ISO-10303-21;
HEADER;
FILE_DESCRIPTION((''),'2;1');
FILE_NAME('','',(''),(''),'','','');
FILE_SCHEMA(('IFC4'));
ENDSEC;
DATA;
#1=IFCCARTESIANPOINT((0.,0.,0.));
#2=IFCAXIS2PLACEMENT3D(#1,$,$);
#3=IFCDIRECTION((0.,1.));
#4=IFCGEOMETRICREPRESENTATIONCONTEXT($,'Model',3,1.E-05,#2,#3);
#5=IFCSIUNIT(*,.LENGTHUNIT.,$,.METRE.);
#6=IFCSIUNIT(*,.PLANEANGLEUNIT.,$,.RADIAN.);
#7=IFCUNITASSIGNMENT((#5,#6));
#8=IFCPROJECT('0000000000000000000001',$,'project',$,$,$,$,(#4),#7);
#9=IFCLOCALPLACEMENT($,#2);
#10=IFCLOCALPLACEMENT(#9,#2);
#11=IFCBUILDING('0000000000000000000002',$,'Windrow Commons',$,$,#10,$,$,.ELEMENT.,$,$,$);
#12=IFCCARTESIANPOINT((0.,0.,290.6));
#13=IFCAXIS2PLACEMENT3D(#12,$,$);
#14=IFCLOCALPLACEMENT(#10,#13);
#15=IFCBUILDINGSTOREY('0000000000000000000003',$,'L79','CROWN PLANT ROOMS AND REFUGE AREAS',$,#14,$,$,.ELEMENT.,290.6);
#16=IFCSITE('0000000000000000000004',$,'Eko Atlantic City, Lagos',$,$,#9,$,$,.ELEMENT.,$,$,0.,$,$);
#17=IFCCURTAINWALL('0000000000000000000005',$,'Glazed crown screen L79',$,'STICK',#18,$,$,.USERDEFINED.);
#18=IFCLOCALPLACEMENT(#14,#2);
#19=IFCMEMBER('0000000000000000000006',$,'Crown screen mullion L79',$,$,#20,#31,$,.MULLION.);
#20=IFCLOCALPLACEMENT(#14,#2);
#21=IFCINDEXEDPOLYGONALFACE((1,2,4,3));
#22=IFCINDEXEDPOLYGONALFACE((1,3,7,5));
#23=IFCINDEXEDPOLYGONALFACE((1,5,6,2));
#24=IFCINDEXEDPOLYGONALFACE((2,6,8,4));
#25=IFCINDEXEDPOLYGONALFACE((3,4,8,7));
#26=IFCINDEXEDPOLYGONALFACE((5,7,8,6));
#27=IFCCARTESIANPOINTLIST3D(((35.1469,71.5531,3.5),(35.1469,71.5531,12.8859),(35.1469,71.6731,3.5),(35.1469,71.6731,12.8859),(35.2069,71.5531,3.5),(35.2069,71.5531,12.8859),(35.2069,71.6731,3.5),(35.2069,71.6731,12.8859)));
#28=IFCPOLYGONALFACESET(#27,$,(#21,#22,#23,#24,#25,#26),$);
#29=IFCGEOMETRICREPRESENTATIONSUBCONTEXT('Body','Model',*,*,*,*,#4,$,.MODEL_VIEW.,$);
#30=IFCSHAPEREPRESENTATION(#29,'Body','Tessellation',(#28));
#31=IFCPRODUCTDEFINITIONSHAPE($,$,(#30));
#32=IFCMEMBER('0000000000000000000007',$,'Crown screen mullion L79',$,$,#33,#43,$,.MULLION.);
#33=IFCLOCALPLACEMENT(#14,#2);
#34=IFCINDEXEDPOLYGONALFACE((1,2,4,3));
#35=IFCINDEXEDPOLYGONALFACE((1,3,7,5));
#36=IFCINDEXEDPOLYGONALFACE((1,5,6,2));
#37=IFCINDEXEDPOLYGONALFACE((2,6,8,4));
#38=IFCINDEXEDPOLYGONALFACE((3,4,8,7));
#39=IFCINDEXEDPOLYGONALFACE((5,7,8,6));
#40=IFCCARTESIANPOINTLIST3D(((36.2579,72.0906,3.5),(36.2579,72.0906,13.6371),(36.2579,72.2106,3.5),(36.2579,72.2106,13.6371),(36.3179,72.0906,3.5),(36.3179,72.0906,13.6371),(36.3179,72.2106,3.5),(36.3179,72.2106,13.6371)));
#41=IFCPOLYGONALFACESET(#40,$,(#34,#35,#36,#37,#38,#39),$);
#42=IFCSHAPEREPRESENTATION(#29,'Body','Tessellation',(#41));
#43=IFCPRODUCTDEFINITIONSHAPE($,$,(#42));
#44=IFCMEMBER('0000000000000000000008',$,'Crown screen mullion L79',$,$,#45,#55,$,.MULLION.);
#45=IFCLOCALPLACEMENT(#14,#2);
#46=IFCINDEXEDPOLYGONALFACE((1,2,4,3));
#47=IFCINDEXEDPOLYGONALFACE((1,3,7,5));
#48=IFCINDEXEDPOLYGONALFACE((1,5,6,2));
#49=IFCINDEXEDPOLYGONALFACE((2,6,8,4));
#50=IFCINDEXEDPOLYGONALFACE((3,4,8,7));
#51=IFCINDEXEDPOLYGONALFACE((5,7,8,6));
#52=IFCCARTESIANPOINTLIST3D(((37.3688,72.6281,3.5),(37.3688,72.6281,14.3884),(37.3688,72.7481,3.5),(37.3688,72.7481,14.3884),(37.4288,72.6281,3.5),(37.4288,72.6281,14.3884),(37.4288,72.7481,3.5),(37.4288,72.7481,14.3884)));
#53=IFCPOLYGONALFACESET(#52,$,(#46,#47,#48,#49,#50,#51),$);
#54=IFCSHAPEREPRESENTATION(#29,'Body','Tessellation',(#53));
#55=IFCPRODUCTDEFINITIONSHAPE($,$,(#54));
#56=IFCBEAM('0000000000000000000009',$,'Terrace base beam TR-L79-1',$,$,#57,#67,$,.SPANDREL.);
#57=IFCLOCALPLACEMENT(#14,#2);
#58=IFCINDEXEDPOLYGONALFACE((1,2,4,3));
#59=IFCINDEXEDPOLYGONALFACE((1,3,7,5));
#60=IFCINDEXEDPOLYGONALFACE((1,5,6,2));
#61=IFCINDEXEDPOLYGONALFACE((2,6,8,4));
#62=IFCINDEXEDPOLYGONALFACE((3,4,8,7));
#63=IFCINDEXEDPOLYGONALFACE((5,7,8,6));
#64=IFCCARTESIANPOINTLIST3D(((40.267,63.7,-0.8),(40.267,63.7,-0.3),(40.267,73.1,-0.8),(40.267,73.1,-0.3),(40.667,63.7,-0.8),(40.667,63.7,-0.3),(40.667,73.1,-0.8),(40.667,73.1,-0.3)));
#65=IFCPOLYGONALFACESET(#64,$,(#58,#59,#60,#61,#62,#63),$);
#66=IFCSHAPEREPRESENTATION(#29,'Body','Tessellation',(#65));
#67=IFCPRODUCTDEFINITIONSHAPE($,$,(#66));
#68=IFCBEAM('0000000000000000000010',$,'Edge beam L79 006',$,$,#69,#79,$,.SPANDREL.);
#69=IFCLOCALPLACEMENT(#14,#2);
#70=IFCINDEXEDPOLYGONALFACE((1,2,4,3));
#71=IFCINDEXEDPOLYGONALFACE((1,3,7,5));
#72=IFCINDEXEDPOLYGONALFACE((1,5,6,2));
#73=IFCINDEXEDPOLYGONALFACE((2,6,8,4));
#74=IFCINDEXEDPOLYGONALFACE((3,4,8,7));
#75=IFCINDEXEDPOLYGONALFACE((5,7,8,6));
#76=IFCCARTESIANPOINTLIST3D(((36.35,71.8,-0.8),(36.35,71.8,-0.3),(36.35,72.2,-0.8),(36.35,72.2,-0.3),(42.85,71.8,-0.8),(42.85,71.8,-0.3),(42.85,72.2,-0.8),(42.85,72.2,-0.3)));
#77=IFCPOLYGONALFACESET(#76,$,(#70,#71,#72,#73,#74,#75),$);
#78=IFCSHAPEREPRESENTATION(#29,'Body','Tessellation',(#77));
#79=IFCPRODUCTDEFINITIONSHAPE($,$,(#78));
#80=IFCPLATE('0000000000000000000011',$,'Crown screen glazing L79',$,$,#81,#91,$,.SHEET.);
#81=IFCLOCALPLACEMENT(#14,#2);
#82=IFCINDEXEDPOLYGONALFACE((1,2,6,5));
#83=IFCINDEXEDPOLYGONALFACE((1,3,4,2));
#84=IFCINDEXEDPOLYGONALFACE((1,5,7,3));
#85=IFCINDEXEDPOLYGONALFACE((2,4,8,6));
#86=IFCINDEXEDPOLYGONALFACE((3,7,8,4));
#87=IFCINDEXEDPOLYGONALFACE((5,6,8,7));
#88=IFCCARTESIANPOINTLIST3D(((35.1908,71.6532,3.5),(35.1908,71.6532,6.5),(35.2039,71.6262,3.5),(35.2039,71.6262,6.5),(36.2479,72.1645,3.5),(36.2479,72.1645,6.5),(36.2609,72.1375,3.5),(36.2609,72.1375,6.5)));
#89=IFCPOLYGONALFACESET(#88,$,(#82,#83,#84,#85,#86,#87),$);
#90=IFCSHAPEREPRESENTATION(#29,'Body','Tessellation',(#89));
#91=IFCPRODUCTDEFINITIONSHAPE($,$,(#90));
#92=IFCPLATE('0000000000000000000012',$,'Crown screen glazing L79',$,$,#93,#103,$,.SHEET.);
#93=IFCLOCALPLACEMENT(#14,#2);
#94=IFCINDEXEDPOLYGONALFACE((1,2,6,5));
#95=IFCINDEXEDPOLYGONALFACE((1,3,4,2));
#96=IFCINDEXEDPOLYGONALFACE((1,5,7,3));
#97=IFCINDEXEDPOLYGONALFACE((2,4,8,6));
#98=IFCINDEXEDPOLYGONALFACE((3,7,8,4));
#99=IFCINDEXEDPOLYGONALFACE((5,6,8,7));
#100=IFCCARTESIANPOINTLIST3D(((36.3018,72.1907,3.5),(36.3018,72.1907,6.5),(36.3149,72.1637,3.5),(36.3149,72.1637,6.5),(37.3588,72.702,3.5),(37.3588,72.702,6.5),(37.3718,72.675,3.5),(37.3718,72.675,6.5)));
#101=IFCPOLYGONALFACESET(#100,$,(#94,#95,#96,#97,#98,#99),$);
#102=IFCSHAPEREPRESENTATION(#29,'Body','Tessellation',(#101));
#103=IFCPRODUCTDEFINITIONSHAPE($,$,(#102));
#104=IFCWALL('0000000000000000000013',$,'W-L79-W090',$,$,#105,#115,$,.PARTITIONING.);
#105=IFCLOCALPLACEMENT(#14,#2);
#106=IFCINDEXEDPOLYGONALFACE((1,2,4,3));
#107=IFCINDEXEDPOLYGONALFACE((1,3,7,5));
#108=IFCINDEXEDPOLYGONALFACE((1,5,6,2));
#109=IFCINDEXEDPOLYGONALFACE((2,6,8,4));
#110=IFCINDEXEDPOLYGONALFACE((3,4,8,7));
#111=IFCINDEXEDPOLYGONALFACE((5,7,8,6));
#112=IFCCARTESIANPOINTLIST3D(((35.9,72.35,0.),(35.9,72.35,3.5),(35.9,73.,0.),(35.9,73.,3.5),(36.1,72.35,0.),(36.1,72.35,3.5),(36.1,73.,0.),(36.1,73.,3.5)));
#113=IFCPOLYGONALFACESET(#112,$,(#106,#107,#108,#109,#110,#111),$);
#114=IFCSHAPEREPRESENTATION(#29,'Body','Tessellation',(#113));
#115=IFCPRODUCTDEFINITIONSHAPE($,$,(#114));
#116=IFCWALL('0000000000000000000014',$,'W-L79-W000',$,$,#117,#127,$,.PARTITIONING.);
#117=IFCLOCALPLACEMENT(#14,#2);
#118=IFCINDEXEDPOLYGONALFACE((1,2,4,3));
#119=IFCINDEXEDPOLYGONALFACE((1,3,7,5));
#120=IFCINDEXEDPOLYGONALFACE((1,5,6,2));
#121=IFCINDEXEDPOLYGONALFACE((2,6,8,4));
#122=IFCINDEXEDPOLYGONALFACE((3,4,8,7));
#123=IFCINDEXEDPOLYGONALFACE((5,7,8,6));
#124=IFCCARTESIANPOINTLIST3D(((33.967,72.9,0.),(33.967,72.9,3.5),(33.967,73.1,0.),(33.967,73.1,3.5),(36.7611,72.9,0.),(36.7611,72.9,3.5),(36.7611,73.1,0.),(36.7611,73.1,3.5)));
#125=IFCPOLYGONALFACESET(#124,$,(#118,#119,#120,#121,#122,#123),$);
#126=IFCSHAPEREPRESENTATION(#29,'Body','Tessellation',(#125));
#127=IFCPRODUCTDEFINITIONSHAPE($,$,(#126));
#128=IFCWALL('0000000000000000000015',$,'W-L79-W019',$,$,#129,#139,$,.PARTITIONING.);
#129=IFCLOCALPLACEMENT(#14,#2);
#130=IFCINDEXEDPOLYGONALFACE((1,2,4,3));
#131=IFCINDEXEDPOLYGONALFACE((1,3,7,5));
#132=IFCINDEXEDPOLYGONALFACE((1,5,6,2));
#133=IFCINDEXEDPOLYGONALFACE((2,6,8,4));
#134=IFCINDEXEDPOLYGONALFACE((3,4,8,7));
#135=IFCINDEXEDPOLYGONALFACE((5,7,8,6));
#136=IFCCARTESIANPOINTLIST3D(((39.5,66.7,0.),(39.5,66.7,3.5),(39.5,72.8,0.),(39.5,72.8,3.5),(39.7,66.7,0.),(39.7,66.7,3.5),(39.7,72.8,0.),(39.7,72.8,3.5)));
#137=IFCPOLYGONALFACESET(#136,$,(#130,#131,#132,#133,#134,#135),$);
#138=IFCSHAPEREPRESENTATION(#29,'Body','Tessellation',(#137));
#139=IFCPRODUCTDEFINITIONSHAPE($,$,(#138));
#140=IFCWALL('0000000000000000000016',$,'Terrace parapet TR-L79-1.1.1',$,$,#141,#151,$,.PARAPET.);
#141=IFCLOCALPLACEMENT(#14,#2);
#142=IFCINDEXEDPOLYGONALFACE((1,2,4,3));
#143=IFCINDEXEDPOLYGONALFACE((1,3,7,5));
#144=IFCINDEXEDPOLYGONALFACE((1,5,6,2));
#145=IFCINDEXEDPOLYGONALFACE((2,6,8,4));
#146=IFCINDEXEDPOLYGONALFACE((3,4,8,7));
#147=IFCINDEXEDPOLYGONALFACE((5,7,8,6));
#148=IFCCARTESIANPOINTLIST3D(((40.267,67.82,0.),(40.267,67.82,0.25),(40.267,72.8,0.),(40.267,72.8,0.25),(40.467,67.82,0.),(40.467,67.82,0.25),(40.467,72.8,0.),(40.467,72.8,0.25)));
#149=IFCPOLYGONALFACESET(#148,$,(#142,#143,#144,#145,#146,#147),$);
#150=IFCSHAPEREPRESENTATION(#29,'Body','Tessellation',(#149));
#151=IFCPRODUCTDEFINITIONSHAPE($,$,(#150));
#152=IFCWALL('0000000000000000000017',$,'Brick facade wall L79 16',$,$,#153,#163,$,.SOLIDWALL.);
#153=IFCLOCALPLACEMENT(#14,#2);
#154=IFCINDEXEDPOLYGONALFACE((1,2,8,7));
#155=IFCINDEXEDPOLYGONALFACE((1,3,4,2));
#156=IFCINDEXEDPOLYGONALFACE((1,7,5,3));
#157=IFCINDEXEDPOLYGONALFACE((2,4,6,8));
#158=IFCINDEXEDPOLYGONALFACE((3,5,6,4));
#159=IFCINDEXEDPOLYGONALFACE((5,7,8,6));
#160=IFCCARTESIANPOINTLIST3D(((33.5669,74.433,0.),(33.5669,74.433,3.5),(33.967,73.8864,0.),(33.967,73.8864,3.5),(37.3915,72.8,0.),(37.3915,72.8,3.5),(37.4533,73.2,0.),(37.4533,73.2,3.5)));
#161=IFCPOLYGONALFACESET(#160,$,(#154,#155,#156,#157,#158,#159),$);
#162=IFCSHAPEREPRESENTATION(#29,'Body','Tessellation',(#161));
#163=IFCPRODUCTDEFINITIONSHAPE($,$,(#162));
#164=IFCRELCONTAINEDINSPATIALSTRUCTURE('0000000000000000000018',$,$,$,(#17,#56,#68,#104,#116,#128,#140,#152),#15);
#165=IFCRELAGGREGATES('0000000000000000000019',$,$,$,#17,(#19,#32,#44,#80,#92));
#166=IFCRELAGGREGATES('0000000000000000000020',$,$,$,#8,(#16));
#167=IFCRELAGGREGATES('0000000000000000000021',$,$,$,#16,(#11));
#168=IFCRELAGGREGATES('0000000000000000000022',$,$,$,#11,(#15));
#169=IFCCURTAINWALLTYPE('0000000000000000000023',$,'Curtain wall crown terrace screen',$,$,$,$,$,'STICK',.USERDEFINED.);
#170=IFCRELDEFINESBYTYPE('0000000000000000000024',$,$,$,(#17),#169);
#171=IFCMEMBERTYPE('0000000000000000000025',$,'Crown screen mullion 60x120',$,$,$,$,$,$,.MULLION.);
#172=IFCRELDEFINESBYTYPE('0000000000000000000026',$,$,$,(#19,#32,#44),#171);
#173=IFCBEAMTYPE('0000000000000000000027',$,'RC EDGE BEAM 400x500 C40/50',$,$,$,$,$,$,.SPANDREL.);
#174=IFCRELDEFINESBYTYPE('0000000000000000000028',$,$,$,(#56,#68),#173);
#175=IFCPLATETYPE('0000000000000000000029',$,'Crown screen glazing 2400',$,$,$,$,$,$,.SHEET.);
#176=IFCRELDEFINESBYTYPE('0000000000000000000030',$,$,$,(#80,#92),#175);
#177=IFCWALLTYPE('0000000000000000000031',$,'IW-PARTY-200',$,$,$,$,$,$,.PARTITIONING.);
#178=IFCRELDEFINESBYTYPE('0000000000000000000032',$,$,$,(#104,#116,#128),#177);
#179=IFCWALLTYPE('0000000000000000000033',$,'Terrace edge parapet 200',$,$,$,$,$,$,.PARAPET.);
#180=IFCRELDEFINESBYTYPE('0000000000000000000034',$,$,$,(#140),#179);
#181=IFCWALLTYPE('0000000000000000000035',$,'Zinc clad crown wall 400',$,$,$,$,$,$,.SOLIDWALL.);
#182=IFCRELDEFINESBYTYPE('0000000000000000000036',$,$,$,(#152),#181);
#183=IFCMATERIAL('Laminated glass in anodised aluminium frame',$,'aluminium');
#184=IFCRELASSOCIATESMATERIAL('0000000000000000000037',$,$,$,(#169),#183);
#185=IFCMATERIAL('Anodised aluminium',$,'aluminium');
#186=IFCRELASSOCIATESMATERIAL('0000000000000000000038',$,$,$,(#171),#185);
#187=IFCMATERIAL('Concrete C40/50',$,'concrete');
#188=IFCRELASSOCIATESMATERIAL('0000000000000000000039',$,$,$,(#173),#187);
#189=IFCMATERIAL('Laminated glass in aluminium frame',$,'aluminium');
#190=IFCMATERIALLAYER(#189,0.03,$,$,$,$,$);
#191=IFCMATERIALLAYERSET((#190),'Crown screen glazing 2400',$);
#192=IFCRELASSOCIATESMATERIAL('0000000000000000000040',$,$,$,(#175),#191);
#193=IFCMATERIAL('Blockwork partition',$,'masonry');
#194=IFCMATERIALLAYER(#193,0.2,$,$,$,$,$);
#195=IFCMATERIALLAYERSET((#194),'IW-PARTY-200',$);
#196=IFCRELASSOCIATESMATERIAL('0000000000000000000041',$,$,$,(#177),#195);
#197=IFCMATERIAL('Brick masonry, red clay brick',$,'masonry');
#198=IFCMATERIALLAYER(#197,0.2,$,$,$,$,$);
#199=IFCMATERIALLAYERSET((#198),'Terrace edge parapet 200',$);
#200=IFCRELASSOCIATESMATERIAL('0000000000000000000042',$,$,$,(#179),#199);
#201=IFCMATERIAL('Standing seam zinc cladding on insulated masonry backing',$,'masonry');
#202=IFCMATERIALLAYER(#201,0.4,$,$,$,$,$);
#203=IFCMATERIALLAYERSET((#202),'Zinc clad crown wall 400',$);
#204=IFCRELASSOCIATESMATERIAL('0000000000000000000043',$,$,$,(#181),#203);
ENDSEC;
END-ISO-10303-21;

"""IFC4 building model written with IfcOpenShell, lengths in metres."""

from ifc_helpers import new_model, si_unit, direction, frame, frame_2d, origin, origin_2d, place, context, subcontext, project, spatial, polyline, rectangle, outline, extrude, material, layer, layer_set, material_profile, profile_set, type_object, element, aggregate, save


model = new_model("IFC4")

# Units and contexts
model_context = context("Model", 3, precision=1e-05, world=origin(), true_north=direction((0.0, 1.0)))
body_context = subcontext(model_context, "Body", "Model", "MODEL_VIEW")
ifc_project = project(units=[si_unit("LENGTHUNIT", "METRE"), si_unit("PLANEANGLEUNIT", "RADIAN")], contexts=[model_context])

# Site, building, storey
site_placement = place(None, origin())
site = spatial("IfcSite", under=ifc_project, at=site_placement, Name="Eko Atlantic City, Lagos", CompositionType="ELEMENT", RefElevation=0.0)
building_placement = place(site_placement, origin())
building = spatial("IfcBuilding", under=site, at=building_placement, Name="Windrow Commons", CompositionType="ELEMENT")
storey_placement = place(building_placement, frame((0.0, 0.0, 290.6)))
storey = spatial("IfcBuildingStorey", under=building, at=storey_placement, Name="L79", Description="CROWN PLANT ROOMS AND REFUGE AREAS", CompositionType="ELEMENT", Elevation=290.6)

# Curtain wall, members
ifc_material_1 = material(Name="Laminated glass in anodised aluminium frame", Category="aluminium")
curtain_wall_type = type_object("IfcCurtainWallType", Name="Curtain wall crown terrace screen", ElementType="STICK", PredefinedType="USERDEFINED", material=ifc_material_1)
curtain_wall_placement = place(storey_placement, origin())
curtain_wall = element("IfcCurtainWall", 1, at=curtain_wall_placement, inside=storey, type_object=curtain_wall_type, Name="Glazed crown screen L79", ObjectType="STICK", PredefinedType="USERDEFINED")
ifc_material_2 = material(Name="Anodised aluminium", Category="aluminium")
ifc_material_profile_1 = material_profile(ifc_material_2, rectangle(XDim=0.06, YDim=0.12, at=origin_2d()))
ifc_profile_set_1 = profile_set([ifc_material_profile_1], Name="Anodised aluminium")
member_type = type_object("IfcMemberType", Name="Crown screen mullion 60x120", PredefinedType="MULLION", material=ifc_profile_set_1)
member_1_placement = place(storey_placement, frame((35.1769, 71.6131, 3.5), z_axis=(0.0, 0.0, 1.0), x_axis=(1.0, 0.0, 0.0)))
member_1 = element("IfcMember", 2, at=member_1_placement, type_object=member_type, Name="Crown screen mullion L79", PredefinedType="MULLION", context=body_context, shape_type="SweptSolid", body=[
    extrude(rectangle(XDim=0.06, YDim=0.12, at=origin_2d()), origin(), (0.0, 0.0, 1.0), 9.3859),
])
member_2_placement = place(storey_placement, frame((36.2879, 72.1506, 3.5), z_axis=(0.0, 0.0, 1.0), x_axis=(1.0, 0.0, 0.0)))
member_2 = element("IfcMember", 3, at=member_2_placement, type_object=member_type, Name="Crown screen mullion L79", PredefinedType="MULLION", context=body_context, shape_type="SweptSolid", body=[
    extrude(rectangle(XDim=0.06, YDim=0.12, at=origin_2d()), origin(), (0.0, 0.0, 1.0), 10.1371),
])
member_3_placement = place(storey_placement, frame((37.3988, 72.6881, 3.5), z_axis=(0.0, 0.0, 1.0), x_axis=(1.0, 0.0, 0.0)))
member_3 = element("IfcMember", 4, at=member_3_placement, type_object=member_type, Name="Crown screen mullion L79", PredefinedType="MULLION", context=body_context, shape_type="SweptSolid", body=[
    extrude(rectangle(XDim=0.06, YDim=0.12, at=origin_2d()), origin(), (0.0, 0.0, 1.0), 10.8884),
])

# Beams
ifc_material_3 = material(Name="Concrete C40/50", Category="concrete")
ifc_material_profile_2 = material_profile(ifc_material_3, rectangle(XDim=0.4, YDim=0.5, at=origin_2d()))
ifc_profile_set_2 = profile_set([ifc_material_profile_2], Name="Concrete C40/50")
beam_type = type_object("IfcBeamType", Name="RC EDGE BEAM 400x500 C40/50", PredefinedType="SPANDREL", material=ifc_profile_set_2)
beam_1_placement = place(storey_placement, frame((40.467, 73.1, -0.55), z_axis=(0.0, -1.0, 0.0), x_axis=(1.0, 0.0, 0.0)))
element("IfcBeam", 5, at=beam_1_placement, inside=storey, type_object=beam_type, Name="Terrace base beam TR-L79-1", PredefinedType="SPANDREL", context=body_context, shape_type="SweptSolid", body=[
    extrude(rectangle(XDim=0.4, YDim=0.5, at=origin_2d()), origin(), (0.0, 0.0, 1.0), 9.4),
])
beam_2_placement = place(storey_placement, frame((36.35, 72.0, -0.55), z_axis=(1.0, 0.0, 0.0), x_axis=(0.0, 1.0, 0.0)))
element("IfcBeam", 6, at=beam_2_placement, inside=storey, type_object=beam_type, Name="Edge beam L79 006", PredefinedType="SPANDREL", context=body_context, shape_type="SweptSolid", body=[
    extrude(rectangle(XDim=0.4, YDim=0.5, at=origin_2d()), origin(), (0.0, 0.0, 1.0), 6.5),
])

# Plates
ifc_material_4 = material(Name="Laminated glass in aluminium frame", Category="aluminium")
ifc_layer_1 = layer(ifc_material_4, 0.03)
ifc_layer_set_1 = layer_set([ifc_layer_1], Name="Crown screen glazing 2400")
plate_type = type_object("IfcPlateType", Name="Crown screen glazing 2400", PredefinedType="SHEET", material=ifc_layer_set_1)
plate_1_placement = place(storey_placement, frame((35.2039, 71.6262, 3.5), z_axis=(0.435456, -0.90021, 0.0), x_axis=(0.90021, 0.435456, 0.0)))
plate_1 = element("IfcPlate", 7, at=plate_1_placement, type_object=plate_type, Name="Crown screen glazing L79", PredefinedType="SHEET", context=body_context, shape_type="SweptSolid", body=[
    extrude(outline(polyline([(0.0, 0.0), (1.1742, 0.0), (1.1742, 3.0), (0.0, 3.0), (0.0, 0.0)])), origin(), (0.0, 0.0, -1.0), 0.03),
])
plate_2_placement = place(storey_placement, frame((36.3149, 72.1637, 3.5), z_axis=(0.43549, -0.900194, 0.0), x_axis=(0.900194, 0.43549, 0.0)))
plate_2 = element("IfcPlate", 8, at=plate_2_placement, type_object=plate_type, Name="Crown screen glazing L79", PredefinedType="SHEET", context=body_context, shape_type="SweptSolid", body=[
    extrude(outline(polyline([(0.0, 0.0), (1.1741, 0.0), (1.1741, 3.0), (0.0, 3.0), (0.0, 0.0)])), origin(), (0.0, 0.0, -1.0), 0.03),
])
aggregate(curtain_wall, [member_1, member_2, member_3, plate_1, plate_2])

# Walls
ifc_material_5 = material(Name="Blockwork partition", Category="masonry")
ifc_layer_2 = layer(ifc_material_5, 0.2)
ifc_layer_set_2 = layer_set([ifc_layer_2], Name="IW-PARTY-200")
wall_type_1 = type_object("IfcWallType", Name="IW-PARTY-200", PredefinedType="PARTITIONING", material=ifc_layer_set_2)
wall_1_placement = place(storey_placement, frame((36.0, 72.35, 0.0), z_axis=(0.0, 0.0, 1.0), x_axis=(0.0, 1.0, 0.0)))
element("IfcWall", 9, at=wall_1_placement, inside=storey, type_object=wall_type_1, Name="W-L79-W090", PredefinedType="PARTITIONING", context=body_context, shape_type="SweptSolid", body=[
    extrude(rectangle(XDim=0.65, YDim=0.2, at=frame_2d((0.325, 0.0))), origin(), (0.0, 0.0, 1.0), 3.5),
])
wall_2_placement = place(storey_placement, frame((33.967, 73.0, 0.0), z_axis=(0.0, 0.0, 1.0), x_axis=(1.0, 0.0, 0.0)))
element("IfcWall", 10, at=wall_2_placement, inside=storey, type_object=wall_type_1, Name="W-L79-W000", PredefinedType="PARTITIONING", context=body_context, shape_type="SweptSolid", body=[
    extrude(outline(polyline([(0.0, -0.1), (2.7941, -0.1), (2.7941, 0.1), (0.0, 0.1), (0.0, -0.1)])), origin(), (0.0, 0.0, 1.0), 3.5),
])
wall_3_placement = place(storey_placement, frame((39.6, 66.7, 0.0), z_axis=(0.0, 0.0, 1.0), x_axis=(0.0, 1.0, 0.0)))
element("IfcWall", 11, at=wall_3_placement, inside=storey, type_object=wall_type_1, Name="W-L79-W019", PredefinedType="PARTITIONING", context=body_context, shape_type="SweptSolid", body=[
    extrude(outline(polyline([(0.0, -0.1), (6.1, -0.1), (6.1, 0.1), (0.0, 0.1), (0.0, -0.1)])), origin(), (0.0, 0.0, 1.0), 3.5),
])
ifc_material_6 = material(Name="Brick masonry, red clay brick", Category="masonry")
ifc_layer_3 = layer(ifc_material_6, 0.2)
ifc_layer_set_3 = layer_set([ifc_layer_3], Name="Terrace edge parapet 200")
wall_type_2 = type_object("IfcWallType", Name="Terrace edge parapet 200", PredefinedType="PARAPET", material=ifc_layer_set_3)
wall_4_placement = place(storey_placement, frame((40.367, 67.82, 0.0), z_axis=(0.0, 0.0, 1.0), x_axis=(0.0, 1.0, 0.0)))
element("IfcWall", 12, at=wall_4_placement, inside=storey, type_object=wall_type_2, Name="Terrace parapet TR-L79-1.1.1", PredefinedType="PARAPET", context=body_context, shape_type="SweptSolid", body=[
    extrude(outline(polyline([(0.0, -0.1), (4.98, -0.1), (4.98, 0.1), (0.0, 0.1), (0.0, -0.1)])), origin(), (0.0, 0.0, 1.0), 0.25),
])
ifc_material_7 = material(Name="Standing seam zinc cladding on insulated masonry backing", Category="masonry")
ifc_layer_4 = layer(ifc_material_7, 0.4)
ifc_layer_set_4 = layer_set([ifc_layer_4], Name="Zinc clad crown wall 400")
wall_type_3 = type_object("IfcWallType", Name="Zinc clad crown wall 400", PredefinedType="SOLIDWALL", material=ifc_layer_set_4)
wall_5_placement = place(storey_placement, frame((37.4224, 73.0, 0.0), z_axis=(0.0, 0.0, 1.0), x_axis=(-0.95318, 0.302403, 0.0)))
element("IfcWall", 13, at=wall_5_placement, inside=storey, type_object=wall_type_3, Name="Brick facade wall L79 16", PredefinedType="SOLIDWALL", context=body_context, shape_type="SweptSolid", body=[
    extrude(outline(polyline([(0.031, -0.2), (4.1083, -0.2), (3.5617, 0.2), (-0.031, 0.2), (0.031, -0.2)])), origin(), (0.0, 0.0, 1.0), 3.5),
])

save(model, "model.ifc")
